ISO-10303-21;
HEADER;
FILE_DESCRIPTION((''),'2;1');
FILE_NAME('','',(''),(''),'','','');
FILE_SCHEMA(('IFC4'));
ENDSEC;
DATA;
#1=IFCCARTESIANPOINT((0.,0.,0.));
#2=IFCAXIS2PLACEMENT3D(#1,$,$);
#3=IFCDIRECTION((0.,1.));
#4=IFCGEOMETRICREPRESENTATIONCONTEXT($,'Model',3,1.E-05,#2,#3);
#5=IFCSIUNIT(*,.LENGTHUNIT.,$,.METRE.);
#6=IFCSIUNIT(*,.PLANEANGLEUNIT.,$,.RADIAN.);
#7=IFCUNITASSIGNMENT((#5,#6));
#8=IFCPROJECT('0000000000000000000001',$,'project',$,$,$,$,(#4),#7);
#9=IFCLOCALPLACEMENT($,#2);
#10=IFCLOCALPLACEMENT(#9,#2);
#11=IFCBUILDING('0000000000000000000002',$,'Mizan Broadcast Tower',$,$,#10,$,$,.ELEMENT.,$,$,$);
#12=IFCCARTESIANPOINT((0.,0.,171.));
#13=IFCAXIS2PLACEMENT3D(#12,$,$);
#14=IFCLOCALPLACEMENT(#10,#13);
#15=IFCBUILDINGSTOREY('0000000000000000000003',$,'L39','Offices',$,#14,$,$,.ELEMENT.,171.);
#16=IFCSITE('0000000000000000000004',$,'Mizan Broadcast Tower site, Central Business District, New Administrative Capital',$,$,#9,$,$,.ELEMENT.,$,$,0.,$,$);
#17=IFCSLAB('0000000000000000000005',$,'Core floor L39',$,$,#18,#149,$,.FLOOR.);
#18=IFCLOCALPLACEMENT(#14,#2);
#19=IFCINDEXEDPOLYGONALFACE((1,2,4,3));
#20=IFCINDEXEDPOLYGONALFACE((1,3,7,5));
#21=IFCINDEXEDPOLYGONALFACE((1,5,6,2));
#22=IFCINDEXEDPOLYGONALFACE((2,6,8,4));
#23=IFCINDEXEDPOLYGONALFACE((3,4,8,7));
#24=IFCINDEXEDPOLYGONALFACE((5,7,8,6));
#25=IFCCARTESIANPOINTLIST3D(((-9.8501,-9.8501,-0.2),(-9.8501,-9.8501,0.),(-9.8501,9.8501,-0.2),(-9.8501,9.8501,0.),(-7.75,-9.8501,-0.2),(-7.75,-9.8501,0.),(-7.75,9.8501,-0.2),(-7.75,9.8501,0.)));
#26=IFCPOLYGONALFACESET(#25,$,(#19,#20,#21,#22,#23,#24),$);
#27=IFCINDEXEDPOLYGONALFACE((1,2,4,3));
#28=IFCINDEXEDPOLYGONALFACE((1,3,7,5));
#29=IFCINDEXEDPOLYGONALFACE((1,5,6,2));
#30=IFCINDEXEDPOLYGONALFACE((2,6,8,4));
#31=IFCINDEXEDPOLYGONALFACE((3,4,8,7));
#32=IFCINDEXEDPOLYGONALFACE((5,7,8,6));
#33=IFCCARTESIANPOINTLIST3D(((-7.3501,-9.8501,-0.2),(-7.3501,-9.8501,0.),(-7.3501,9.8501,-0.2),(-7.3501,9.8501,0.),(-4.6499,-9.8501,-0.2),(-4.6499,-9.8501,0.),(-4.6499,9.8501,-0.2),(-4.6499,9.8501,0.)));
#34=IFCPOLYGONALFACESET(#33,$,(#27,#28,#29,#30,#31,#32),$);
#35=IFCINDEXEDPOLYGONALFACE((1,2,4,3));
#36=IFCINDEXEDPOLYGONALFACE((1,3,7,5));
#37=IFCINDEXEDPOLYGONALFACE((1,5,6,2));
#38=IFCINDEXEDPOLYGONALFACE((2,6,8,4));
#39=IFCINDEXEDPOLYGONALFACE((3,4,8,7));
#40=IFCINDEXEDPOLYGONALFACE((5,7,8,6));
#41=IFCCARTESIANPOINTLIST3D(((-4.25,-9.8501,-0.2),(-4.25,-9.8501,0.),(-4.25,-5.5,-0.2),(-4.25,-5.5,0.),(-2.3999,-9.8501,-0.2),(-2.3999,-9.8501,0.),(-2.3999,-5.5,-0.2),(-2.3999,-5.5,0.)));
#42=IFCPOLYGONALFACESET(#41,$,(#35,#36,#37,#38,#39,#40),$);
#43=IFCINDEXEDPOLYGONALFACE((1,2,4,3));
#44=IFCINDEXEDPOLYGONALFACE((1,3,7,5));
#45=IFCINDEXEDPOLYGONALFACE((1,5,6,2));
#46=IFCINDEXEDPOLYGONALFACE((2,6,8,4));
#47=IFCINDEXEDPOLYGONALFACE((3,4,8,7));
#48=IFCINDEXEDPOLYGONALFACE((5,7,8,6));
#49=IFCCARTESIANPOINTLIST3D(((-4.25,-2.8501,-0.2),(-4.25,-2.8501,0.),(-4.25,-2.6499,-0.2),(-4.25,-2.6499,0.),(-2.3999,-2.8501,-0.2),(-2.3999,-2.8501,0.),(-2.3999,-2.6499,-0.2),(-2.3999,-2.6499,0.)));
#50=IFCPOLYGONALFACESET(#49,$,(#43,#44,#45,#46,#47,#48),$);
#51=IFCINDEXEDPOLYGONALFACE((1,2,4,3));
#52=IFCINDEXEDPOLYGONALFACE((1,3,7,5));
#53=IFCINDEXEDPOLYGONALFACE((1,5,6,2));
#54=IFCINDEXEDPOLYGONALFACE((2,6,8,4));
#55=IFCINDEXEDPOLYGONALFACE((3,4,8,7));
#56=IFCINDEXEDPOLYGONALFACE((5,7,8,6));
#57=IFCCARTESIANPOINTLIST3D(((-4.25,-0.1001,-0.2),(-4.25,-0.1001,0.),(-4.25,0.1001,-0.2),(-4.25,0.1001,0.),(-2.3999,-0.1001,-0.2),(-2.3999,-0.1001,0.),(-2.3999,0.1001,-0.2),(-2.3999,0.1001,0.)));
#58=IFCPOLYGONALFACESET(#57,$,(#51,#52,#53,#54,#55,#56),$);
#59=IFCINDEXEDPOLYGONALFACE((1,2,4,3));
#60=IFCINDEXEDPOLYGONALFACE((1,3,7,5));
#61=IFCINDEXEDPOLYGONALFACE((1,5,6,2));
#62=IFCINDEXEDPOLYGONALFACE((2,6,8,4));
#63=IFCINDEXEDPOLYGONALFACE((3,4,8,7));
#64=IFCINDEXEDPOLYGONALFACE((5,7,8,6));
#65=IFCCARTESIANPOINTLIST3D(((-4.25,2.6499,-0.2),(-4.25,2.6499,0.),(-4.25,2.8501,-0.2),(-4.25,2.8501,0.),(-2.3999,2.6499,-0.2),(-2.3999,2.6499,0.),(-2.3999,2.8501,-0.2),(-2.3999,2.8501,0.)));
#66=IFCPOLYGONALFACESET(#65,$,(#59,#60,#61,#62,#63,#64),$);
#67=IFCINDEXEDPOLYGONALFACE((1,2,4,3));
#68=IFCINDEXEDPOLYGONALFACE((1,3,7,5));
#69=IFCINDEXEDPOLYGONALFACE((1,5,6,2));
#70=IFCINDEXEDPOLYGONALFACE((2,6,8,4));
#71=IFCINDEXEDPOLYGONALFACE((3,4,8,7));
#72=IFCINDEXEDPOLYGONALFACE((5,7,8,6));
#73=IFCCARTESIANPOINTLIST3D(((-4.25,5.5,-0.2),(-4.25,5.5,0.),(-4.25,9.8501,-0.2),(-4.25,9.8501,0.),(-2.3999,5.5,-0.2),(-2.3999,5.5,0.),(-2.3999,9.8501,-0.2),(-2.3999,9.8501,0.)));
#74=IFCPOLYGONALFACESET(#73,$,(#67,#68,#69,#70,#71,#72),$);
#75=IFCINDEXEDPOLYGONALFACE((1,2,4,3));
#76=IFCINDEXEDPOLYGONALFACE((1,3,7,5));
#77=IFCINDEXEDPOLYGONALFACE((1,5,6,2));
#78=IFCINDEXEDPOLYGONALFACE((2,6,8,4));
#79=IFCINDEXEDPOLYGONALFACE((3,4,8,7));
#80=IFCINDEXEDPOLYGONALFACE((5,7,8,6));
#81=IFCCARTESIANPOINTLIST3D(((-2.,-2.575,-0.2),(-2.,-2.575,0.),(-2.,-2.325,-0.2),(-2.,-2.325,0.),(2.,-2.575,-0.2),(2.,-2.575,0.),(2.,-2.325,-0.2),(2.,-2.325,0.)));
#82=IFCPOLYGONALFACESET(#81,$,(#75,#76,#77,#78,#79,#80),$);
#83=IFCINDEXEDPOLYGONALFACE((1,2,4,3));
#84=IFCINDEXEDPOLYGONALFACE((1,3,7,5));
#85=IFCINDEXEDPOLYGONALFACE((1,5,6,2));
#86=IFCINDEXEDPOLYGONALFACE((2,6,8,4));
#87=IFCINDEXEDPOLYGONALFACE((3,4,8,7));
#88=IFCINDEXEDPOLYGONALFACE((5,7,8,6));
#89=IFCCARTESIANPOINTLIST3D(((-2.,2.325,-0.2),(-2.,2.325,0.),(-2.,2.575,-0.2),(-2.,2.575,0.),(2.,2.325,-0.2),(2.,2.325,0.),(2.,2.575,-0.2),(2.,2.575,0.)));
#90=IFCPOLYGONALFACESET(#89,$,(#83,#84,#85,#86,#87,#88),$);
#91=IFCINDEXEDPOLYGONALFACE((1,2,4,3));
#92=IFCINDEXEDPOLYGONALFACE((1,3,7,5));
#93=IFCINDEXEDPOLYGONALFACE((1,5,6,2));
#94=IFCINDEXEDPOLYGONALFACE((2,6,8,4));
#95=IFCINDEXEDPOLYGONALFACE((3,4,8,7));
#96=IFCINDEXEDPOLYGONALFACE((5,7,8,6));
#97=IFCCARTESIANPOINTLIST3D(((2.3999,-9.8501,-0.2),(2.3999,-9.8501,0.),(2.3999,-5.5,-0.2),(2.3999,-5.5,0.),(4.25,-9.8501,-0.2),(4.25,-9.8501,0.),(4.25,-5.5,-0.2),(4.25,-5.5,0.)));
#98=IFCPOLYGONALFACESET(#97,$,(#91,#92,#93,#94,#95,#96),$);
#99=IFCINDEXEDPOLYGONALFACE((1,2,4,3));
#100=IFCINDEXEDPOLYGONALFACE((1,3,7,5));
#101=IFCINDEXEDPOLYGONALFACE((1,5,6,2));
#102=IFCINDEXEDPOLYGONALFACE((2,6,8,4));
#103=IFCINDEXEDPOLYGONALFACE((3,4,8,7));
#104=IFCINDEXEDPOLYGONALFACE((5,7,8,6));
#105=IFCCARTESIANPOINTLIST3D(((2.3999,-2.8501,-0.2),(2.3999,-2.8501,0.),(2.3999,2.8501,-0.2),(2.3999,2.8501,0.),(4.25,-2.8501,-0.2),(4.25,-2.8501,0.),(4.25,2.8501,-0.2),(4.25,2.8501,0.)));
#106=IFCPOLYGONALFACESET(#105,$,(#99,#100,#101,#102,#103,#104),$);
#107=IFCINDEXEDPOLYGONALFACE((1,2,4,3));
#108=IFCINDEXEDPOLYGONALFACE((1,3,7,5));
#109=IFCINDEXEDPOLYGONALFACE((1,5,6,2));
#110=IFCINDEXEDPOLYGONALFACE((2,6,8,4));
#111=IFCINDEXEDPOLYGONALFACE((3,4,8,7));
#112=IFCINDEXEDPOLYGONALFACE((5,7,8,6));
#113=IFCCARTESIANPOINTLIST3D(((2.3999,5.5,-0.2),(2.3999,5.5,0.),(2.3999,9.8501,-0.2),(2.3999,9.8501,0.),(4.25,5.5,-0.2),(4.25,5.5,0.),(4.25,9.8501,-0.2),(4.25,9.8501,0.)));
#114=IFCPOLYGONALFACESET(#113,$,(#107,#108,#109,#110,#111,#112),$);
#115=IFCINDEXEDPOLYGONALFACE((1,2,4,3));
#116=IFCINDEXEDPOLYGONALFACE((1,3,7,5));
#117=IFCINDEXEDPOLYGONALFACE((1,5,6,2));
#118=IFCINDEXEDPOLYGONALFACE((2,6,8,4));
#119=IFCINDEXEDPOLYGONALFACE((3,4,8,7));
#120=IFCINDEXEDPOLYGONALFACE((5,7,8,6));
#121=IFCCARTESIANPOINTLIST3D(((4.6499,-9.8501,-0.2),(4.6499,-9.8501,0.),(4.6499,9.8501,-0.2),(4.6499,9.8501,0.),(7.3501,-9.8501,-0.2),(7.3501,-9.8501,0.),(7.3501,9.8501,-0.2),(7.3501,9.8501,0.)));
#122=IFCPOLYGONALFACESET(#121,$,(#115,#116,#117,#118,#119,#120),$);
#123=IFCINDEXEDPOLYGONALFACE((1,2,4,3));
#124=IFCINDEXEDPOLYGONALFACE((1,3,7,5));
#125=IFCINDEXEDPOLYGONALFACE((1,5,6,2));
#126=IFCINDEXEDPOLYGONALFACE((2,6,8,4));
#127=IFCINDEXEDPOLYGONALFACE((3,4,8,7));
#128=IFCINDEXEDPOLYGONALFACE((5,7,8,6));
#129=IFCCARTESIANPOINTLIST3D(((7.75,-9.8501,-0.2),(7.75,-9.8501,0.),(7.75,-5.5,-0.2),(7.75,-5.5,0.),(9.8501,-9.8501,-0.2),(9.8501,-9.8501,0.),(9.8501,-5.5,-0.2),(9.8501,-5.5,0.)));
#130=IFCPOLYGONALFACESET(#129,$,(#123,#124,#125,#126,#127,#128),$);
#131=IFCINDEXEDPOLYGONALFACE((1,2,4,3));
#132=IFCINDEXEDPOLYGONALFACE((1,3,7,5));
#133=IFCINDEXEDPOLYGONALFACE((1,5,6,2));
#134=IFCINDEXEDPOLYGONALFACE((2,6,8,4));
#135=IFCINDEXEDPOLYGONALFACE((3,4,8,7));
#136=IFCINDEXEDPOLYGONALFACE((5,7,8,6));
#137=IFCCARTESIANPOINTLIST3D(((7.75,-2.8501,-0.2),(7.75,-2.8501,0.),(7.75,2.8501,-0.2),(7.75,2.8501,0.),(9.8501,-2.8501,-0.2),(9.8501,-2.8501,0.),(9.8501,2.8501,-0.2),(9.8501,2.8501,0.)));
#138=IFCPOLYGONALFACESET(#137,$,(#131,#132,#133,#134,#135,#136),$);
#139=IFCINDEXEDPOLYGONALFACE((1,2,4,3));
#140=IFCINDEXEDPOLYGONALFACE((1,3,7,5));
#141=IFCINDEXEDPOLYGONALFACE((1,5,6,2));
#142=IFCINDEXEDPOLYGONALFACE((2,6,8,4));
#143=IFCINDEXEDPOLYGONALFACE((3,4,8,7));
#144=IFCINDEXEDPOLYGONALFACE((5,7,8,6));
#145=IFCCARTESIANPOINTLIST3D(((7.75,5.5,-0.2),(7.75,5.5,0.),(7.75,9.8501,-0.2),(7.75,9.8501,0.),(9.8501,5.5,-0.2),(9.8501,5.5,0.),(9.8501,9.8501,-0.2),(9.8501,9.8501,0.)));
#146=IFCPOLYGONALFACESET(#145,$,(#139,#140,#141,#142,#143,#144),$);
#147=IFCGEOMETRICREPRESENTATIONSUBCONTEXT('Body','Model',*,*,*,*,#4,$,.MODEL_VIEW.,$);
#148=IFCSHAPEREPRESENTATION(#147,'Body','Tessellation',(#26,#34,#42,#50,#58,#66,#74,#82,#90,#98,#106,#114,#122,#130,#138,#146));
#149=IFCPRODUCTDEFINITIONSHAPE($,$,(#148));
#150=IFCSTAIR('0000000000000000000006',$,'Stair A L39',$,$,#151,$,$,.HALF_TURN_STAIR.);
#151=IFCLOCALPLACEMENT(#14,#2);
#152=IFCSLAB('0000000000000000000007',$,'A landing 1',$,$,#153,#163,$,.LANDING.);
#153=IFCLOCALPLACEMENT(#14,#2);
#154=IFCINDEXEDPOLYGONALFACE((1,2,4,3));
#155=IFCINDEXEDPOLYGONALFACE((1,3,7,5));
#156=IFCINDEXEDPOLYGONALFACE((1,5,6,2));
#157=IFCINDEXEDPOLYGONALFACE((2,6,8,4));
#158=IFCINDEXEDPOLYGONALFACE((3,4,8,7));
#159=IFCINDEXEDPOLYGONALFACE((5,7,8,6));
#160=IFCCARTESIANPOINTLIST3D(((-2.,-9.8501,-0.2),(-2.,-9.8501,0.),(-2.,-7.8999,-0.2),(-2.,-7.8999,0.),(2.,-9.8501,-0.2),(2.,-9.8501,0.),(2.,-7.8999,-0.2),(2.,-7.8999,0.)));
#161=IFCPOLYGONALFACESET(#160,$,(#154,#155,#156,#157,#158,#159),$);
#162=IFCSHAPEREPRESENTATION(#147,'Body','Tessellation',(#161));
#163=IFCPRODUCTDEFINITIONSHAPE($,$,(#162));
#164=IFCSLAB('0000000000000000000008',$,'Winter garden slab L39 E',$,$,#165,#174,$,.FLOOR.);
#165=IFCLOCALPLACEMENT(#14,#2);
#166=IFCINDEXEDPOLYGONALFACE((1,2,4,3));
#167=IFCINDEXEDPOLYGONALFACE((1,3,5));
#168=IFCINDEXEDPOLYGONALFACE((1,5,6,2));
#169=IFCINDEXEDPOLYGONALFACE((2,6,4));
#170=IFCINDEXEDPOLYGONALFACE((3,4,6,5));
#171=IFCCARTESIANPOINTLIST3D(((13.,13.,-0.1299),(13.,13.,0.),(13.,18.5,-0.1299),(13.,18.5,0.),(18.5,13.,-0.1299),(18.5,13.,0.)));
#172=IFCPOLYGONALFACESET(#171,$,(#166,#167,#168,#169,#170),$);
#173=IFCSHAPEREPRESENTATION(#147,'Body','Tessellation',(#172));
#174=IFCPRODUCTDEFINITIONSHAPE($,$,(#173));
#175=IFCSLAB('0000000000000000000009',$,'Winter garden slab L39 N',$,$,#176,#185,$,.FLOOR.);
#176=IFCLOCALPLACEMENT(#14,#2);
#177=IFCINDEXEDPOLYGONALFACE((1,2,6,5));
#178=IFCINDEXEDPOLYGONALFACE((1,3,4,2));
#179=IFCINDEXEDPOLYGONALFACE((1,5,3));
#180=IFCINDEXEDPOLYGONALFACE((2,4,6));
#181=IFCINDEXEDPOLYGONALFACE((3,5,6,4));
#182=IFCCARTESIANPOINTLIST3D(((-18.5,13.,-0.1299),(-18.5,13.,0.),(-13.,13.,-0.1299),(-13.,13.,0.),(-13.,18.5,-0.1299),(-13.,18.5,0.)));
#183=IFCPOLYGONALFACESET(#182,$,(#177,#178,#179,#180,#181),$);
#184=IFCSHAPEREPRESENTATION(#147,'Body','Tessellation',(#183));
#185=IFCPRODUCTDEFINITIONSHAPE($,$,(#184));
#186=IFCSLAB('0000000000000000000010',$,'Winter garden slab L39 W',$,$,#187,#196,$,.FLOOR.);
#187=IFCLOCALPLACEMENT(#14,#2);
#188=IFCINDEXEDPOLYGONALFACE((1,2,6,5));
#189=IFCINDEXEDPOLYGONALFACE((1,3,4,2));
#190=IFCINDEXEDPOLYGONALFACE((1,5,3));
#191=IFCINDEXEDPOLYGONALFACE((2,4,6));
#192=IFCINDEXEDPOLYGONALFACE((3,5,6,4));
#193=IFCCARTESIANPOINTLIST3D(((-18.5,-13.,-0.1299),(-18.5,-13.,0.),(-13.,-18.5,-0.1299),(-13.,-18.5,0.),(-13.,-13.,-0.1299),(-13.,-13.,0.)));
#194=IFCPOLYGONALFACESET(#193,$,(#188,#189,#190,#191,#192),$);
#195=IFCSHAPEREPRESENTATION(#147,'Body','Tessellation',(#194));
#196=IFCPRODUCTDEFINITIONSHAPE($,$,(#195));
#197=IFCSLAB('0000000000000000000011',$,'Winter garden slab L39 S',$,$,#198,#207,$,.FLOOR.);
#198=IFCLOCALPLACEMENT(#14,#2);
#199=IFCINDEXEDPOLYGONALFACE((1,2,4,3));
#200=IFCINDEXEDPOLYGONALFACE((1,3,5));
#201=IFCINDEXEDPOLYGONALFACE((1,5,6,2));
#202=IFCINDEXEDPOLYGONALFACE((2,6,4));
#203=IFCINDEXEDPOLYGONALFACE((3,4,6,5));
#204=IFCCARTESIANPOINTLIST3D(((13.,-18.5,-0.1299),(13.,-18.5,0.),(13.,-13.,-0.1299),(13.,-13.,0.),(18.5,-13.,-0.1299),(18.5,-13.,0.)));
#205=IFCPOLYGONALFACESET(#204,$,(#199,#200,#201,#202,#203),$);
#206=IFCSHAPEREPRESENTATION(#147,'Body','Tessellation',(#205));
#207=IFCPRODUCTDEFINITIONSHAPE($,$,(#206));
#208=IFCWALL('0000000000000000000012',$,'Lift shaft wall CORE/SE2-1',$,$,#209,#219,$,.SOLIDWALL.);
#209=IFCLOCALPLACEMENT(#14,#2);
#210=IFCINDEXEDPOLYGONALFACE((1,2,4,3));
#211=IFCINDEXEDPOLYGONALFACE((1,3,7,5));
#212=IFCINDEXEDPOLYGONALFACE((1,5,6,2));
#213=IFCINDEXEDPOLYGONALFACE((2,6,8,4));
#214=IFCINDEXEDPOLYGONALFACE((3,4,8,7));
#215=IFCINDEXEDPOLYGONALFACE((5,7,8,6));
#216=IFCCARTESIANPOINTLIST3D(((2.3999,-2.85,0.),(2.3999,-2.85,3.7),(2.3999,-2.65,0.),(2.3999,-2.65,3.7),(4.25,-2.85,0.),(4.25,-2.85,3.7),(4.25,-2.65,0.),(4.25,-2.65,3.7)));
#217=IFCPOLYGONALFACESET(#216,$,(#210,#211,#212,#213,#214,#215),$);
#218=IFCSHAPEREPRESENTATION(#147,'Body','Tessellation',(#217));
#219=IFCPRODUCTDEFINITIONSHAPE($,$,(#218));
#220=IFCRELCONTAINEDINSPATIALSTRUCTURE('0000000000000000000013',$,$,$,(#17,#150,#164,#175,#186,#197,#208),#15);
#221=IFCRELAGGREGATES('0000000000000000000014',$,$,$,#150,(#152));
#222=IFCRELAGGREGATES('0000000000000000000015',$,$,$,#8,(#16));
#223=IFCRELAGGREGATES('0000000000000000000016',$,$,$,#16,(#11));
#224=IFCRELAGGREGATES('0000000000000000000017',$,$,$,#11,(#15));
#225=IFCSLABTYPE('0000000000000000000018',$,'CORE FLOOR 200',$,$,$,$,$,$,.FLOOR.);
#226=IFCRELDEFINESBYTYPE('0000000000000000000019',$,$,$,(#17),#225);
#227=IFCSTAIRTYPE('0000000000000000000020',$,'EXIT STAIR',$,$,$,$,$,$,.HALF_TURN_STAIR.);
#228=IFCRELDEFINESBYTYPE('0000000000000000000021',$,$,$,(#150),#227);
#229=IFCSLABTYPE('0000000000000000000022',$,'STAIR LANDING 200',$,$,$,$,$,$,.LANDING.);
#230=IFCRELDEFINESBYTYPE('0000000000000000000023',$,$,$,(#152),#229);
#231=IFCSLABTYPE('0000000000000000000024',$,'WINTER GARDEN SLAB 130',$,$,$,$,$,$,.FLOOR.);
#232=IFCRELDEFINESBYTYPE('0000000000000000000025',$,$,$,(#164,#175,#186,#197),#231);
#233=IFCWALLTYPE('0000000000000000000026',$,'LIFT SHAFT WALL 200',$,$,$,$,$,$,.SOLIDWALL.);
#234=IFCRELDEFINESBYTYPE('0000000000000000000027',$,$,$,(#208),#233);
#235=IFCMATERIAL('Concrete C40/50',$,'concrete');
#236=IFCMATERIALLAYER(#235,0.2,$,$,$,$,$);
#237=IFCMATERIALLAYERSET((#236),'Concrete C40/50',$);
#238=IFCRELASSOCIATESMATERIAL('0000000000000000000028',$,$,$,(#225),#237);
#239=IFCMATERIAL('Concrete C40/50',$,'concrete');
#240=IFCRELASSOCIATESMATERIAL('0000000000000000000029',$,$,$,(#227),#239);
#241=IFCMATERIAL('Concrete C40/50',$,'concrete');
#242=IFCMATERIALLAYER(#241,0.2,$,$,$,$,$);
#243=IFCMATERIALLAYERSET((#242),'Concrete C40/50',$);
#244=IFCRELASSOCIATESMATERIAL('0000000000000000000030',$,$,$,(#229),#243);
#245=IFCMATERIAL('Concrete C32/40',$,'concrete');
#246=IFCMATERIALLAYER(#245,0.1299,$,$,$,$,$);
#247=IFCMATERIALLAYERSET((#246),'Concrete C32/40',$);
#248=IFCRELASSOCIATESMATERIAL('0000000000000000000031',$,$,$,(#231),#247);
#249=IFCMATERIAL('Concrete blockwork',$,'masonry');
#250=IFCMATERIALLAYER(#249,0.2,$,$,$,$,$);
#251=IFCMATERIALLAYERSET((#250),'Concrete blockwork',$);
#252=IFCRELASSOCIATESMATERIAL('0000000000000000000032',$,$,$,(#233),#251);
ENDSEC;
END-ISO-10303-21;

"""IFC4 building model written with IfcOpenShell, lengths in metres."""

from ifc_helpers import new_model, si_unit, direction, frame, frame_2d, origin, place, context, subcontext, project, spatial, polyline, rectangle, outline, extrude, material, layer, layer_set, type_object, element, aggregate, save


model = new_model("IFC4")

# Units and contexts
model_context = context("Model", 3, precision=1e-05, world=origin(), true_north=direction((0.0, 1.0)))
body_context = subcontext(model_context, "Body", "Model", "MODEL_VIEW")
ifc_project = project(units=[si_unit("LENGTHUNIT", "METRE"), si_unit("PLANEANGLEUNIT", "RADIAN")], contexts=[model_context])

# Site, building, storey
site_placement = place(None, origin())
site = spatial("IfcSite", under=ifc_project, at=site_placement, Name="Mizan Broadcast Tower site, Central Business District, New Administrative Capital", CompositionType="ELEMENT", RefElevation=0.0)
building_placement = place(site_placement, origin())
building = spatial("IfcBuilding", under=site, at=building_placement, Name="Mizan Broadcast Tower", CompositionType="ELEMENT")
storey_placement = place(building_placement, frame((0.0, 0.0, 171.0)))
storey = spatial("IfcBuildingStorey", under=building, at=storey_placement, Name="L39", Description="Offices", CompositionType="ELEMENT", Elevation=171.0)

# Slab
ifc_material_1 = material(Name="Concrete C40/50", Category="concrete")
ifc_layer_1 = layer(ifc_material_1, 0.2)
ifc_layer_set_1 = layer_set([ifc_layer_1], Name="Concrete C40/50")
slab_type_1 = type_object("IfcSlabType", Name="CORE FLOOR 200", PredefinedType="FLOOR", material=ifc_layer_set_1)
slab_1_placement = place(storey_placement, frame((0.0, 0.0, -0.2)))
element("IfcSlab", 1, at=slab_1_placement, inside=storey, type_object=slab_type_1, Name="Core floor L39", PredefinedType="FLOOR", context=body_context, shape_type="SweptSolid", body=[
    extrude(outline(polyline([(-9.8501, -9.8501), (-7.75, -9.8501), (-7.75, 9.8501), (-9.8501, 9.8501), (-9.8501, -9.8501)])), origin(), (0.0, 0.0, 1.0), 0.2),
    extrude(outline(polyline([(-4.6499, 9.8501), (-7.3501, 9.8501), (-7.3501, -9.8501), (-4.6499, -9.8501), (-4.6499, 9.8501)])), origin(), (0.0, 0.0, 1.0), 0.2),
    extrude(outline(polyline([(-4.25, -5.5), (-4.25, -9.8501), (-2.3999, -9.8501), (-2.3999, -5.5), (-4.25, -5.5)])), origin(), (0.0, 0.0, 1.0), 0.2),
    extrude(outline(polyline([(-4.25, -2.8501), (-2.3999, -2.8501), (-2.3999, -2.6499), (-4.25, -2.6499), (-4.25, -2.8501)])), origin(), (0.0, 0.0, 1.0), 0.2),
    extrude(outline(polyline([(-4.25, -0.1001), (-2.3999, -0.1001), (-2.3999, 0.1001), (-4.25, 0.1001), (-4.25, -0.1001)])), origin(), (0.0, 0.0, 1.0), 0.2),
    extrude(outline(polyline([(-4.25, 2.6499), (-2.3999, 2.6499), (-2.3999, 2.8501), (-4.25, 2.8501), (-4.25, 2.6499)])), origin(), (0.0, 0.0, 1.0), 0.2),
    extrude(outline(polyline([(-4.25, 5.5), (-2.3999, 5.5), (-2.3999, 9.8501), (-4.25, 9.8501), (-4.25, 5.5)])), origin(), (0.0, 0.0, 1.0), 0.2),
    extrude(outline(polyline([(2.0, -2.325), (-2.0, -2.325), (-2.0, -2.575), (2.0, -2.575), (2.0, -2.325)])), origin(), (0.0, 0.0, 1.0), 0.2),
    extrude(outline(polyline([(2.0, 2.575), (-2.0, 2.575), (-2.0, 2.325), (2.0, 2.325), (2.0, 2.575)])), origin(), (0.0, 0.0, 1.0), 0.2),
    extrude(outline(polyline([(4.25, -9.8501), (4.25, -5.5), (2.3999, -5.5), (2.3999, -9.8501), (4.25, -9.8501)])), origin(), (0.0, 0.0, 1.0), 0.2),
    extrude(outline(polyline([(4.25, -2.8501), (4.25, 2.8501), (2.3999, 2.8501), (2.3999, -2.8501), (4.25, -2.8501)])), origin(), (0.0, 0.0, 1.0), 0.2),
    extrude(outline(polyline([(4.25, 5.5), (4.25, 9.8501), (2.3999, 9.8501), (2.3999, 5.5), (4.25, 5.5)])), origin(), (0.0, 0.0, 1.0), 0.2),
    extrude(outline(polyline([(4.6499, 9.8501), (4.6499, -9.8501), (7.3501, -9.8501), (7.3501, 9.8501), (4.6499, 9.8501)])), origin(), (0.0, 0.0, 1.0), 0.2),
    extrude(outline(polyline([(9.8501, -9.8501), (9.8501, -5.5), (7.75, -5.5), (7.75, -9.8501), (9.8501, -9.8501)])), origin(), (0.0, 0.0, 1.0), 0.2),
    extrude(outline(polyline([(7.75, -2.8501), (9.8501, -2.8501), (9.8501, 2.8501), (7.75, 2.8501), (7.75, -2.8501)])), origin(), (0.0, 0.0, 1.0), 0.2),
    extrude(outline(polyline([(9.8501, 5.5), (9.8501, 9.8501), (7.75, 9.8501), (7.75, 5.5), (9.8501, 5.5)])), origin(), (0.0, 0.0, 1.0), 0.2),
])

# Stair, slab
ifc_material_2 = material(Name="Concrete C40/50", Category="concrete")
stair_type = type_object("IfcStairType", Name="EXIT STAIR", PredefinedType="HALF_TURN_STAIR", material=ifc_material_2)
stair_placement = place(storey_placement, origin())
stair = element("IfcStair", 2, at=stair_placement, inside=storey, type_object=stair_type, Name="Stair A L39", PredefinedType="HALF_TURN_STAIR")
ifc_material_3 = material(Name="Concrete C40/50", Category="concrete")
ifc_layer_2 = layer(ifc_material_3, 0.2)
ifc_layer_set_2 = layer_set([ifc_layer_2], Name="Concrete C40/50")
slab_type_2 = type_object("IfcSlabType", Name="STAIR LANDING 200", PredefinedType="LANDING", material=ifc_layer_set_2)
slab_2_placement = place(storey_placement, frame((0.0, 0.0, -0.2)))
slab_2 = element("IfcSlab", 3, at=slab_2_placement, type_object=slab_type_2, Name="A landing 1", PredefinedType="LANDING", context=body_context, shape_type="SweptSolid", body=[
    extrude(outline(polyline([(-2.0, -9.8501), (-2.0, -7.8999), (2.0, -7.8999), (2.0, -9.8501), (-2.0, -9.8501)])), origin(), (0.0, 0.0, 1.0), 0.2),
])

# Slabs
ifc_material_4 = material(Name="Concrete C32/40", Category="concrete")
ifc_layer_3 = layer(ifc_material_4, 0.1299)
ifc_layer_set_3 = layer_set([ifc_layer_3], Name="Concrete C32/40")
slab_type_3 = type_object("IfcSlabType", Name="WINTER GARDEN SLAB 130", PredefinedType="FLOOR", material=ifc_layer_set_3)
slab_3_placement = place(storey_placement, frame((0.0, 0.0, -0.1299)))
element("IfcSlab", 4, at=slab_3_placement, inside=storey, type_object=slab_type_3, Name="Winter garden slab L39 E", PredefinedType="FLOOR", context=body_context, shape_type="SweptSolid", body=[
    extrude(outline(polyline([(13.0, 13.0), (18.5, 13.0), (13.0, 18.5), (13.0, 13.0)])), origin(), (0.0, 0.0, 1.0), 0.1299),
])
slab_4_placement = place(storey_placement, frame((0.0, 0.0, -0.1299)))
element("IfcSlab", 5, at=slab_4_placement, inside=storey, type_object=slab_type_3, Name="Winter garden slab L39 N", PredefinedType="FLOOR", context=body_context, shape_type="SweptSolid", body=[
    extrude(outline(polyline([(-13.0, 13.0), (-13.0, 18.5), (-18.5, 13.0), (-13.0, 13.0)])), origin(), (0.0, 0.0, 1.0), 0.1299),
])
slab_5_placement = place(storey_placement, frame((0.0, 0.0, -0.1299)))
element("IfcSlab", 6, at=slab_5_placement, inside=storey, type_object=slab_type_3, Name="Winter garden slab L39 W", PredefinedType="FLOOR", context=body_context, shape_type="SweptSolid", body=[
    extrude(outline(polyline([(-13.0, -13.0), (-18.5, -13.0), (-13.0, -18.5), (-13.0, -13.0)])), origin(), (0.0, 0.0, 1.0), 0.1299),
])
slab_6_placement = place(storey_placement, frame((0.0, 0.0, -0.1299)))
element("IfcSlab", 7, at=slab_6_placement, inside=storey, type_object=slab_type_3, Name="Winter garden slab L39 S", PredefinedType="FLOOR", context=body_context, shape_type="SweptSolid", body=[
    extrude(outline(polyline([(13.0, -13.0), (13.0, -18.5), (18.5, -13.0), (13.0, -13.0)])), origin(), (0.0, 0.0, 1.0), 0.1299),
])

# Wall
ifc_material_5 = material(Name="Concrete blockwork", Category="masonry")
ifc_layer_4 = layer(ifc_material_5, 0.2)
ifc_layer_set_4 = layer_set([ifc_layer_4], Name="Concrete blockwork")
wall_type_1 = type_object("IfcWallType", Name="LIFT SHAFT WALL 200", PredefinedType="SOLIDWALL", material=ifc_layer_set_4)
wall_1_placement = place(storey_placement, frame((2.3999, -2.75, 0.0), z_axis=(0.0, 0.0, 1.0), x_axis=(1.0, 0.0, 0.0)))
element("IfcWall", 8, at=wall_1_placement, inside=storey, type_object=wall_type_1, Name="Lift shaft wall CORE/SE2-1", PredefinedType="SOLIDWALL", context=body_context, shape_type="SweptSolid", body=[
    extrude(rectangle(XDim=1.8501, YDim=0.2, at=frame_2d((0.925, 0.0))), origin(), (0.0, 0.0, 1.0), 3.7),
])

aggregate(stair, [slab_2])

save(model, "model.ifc")
